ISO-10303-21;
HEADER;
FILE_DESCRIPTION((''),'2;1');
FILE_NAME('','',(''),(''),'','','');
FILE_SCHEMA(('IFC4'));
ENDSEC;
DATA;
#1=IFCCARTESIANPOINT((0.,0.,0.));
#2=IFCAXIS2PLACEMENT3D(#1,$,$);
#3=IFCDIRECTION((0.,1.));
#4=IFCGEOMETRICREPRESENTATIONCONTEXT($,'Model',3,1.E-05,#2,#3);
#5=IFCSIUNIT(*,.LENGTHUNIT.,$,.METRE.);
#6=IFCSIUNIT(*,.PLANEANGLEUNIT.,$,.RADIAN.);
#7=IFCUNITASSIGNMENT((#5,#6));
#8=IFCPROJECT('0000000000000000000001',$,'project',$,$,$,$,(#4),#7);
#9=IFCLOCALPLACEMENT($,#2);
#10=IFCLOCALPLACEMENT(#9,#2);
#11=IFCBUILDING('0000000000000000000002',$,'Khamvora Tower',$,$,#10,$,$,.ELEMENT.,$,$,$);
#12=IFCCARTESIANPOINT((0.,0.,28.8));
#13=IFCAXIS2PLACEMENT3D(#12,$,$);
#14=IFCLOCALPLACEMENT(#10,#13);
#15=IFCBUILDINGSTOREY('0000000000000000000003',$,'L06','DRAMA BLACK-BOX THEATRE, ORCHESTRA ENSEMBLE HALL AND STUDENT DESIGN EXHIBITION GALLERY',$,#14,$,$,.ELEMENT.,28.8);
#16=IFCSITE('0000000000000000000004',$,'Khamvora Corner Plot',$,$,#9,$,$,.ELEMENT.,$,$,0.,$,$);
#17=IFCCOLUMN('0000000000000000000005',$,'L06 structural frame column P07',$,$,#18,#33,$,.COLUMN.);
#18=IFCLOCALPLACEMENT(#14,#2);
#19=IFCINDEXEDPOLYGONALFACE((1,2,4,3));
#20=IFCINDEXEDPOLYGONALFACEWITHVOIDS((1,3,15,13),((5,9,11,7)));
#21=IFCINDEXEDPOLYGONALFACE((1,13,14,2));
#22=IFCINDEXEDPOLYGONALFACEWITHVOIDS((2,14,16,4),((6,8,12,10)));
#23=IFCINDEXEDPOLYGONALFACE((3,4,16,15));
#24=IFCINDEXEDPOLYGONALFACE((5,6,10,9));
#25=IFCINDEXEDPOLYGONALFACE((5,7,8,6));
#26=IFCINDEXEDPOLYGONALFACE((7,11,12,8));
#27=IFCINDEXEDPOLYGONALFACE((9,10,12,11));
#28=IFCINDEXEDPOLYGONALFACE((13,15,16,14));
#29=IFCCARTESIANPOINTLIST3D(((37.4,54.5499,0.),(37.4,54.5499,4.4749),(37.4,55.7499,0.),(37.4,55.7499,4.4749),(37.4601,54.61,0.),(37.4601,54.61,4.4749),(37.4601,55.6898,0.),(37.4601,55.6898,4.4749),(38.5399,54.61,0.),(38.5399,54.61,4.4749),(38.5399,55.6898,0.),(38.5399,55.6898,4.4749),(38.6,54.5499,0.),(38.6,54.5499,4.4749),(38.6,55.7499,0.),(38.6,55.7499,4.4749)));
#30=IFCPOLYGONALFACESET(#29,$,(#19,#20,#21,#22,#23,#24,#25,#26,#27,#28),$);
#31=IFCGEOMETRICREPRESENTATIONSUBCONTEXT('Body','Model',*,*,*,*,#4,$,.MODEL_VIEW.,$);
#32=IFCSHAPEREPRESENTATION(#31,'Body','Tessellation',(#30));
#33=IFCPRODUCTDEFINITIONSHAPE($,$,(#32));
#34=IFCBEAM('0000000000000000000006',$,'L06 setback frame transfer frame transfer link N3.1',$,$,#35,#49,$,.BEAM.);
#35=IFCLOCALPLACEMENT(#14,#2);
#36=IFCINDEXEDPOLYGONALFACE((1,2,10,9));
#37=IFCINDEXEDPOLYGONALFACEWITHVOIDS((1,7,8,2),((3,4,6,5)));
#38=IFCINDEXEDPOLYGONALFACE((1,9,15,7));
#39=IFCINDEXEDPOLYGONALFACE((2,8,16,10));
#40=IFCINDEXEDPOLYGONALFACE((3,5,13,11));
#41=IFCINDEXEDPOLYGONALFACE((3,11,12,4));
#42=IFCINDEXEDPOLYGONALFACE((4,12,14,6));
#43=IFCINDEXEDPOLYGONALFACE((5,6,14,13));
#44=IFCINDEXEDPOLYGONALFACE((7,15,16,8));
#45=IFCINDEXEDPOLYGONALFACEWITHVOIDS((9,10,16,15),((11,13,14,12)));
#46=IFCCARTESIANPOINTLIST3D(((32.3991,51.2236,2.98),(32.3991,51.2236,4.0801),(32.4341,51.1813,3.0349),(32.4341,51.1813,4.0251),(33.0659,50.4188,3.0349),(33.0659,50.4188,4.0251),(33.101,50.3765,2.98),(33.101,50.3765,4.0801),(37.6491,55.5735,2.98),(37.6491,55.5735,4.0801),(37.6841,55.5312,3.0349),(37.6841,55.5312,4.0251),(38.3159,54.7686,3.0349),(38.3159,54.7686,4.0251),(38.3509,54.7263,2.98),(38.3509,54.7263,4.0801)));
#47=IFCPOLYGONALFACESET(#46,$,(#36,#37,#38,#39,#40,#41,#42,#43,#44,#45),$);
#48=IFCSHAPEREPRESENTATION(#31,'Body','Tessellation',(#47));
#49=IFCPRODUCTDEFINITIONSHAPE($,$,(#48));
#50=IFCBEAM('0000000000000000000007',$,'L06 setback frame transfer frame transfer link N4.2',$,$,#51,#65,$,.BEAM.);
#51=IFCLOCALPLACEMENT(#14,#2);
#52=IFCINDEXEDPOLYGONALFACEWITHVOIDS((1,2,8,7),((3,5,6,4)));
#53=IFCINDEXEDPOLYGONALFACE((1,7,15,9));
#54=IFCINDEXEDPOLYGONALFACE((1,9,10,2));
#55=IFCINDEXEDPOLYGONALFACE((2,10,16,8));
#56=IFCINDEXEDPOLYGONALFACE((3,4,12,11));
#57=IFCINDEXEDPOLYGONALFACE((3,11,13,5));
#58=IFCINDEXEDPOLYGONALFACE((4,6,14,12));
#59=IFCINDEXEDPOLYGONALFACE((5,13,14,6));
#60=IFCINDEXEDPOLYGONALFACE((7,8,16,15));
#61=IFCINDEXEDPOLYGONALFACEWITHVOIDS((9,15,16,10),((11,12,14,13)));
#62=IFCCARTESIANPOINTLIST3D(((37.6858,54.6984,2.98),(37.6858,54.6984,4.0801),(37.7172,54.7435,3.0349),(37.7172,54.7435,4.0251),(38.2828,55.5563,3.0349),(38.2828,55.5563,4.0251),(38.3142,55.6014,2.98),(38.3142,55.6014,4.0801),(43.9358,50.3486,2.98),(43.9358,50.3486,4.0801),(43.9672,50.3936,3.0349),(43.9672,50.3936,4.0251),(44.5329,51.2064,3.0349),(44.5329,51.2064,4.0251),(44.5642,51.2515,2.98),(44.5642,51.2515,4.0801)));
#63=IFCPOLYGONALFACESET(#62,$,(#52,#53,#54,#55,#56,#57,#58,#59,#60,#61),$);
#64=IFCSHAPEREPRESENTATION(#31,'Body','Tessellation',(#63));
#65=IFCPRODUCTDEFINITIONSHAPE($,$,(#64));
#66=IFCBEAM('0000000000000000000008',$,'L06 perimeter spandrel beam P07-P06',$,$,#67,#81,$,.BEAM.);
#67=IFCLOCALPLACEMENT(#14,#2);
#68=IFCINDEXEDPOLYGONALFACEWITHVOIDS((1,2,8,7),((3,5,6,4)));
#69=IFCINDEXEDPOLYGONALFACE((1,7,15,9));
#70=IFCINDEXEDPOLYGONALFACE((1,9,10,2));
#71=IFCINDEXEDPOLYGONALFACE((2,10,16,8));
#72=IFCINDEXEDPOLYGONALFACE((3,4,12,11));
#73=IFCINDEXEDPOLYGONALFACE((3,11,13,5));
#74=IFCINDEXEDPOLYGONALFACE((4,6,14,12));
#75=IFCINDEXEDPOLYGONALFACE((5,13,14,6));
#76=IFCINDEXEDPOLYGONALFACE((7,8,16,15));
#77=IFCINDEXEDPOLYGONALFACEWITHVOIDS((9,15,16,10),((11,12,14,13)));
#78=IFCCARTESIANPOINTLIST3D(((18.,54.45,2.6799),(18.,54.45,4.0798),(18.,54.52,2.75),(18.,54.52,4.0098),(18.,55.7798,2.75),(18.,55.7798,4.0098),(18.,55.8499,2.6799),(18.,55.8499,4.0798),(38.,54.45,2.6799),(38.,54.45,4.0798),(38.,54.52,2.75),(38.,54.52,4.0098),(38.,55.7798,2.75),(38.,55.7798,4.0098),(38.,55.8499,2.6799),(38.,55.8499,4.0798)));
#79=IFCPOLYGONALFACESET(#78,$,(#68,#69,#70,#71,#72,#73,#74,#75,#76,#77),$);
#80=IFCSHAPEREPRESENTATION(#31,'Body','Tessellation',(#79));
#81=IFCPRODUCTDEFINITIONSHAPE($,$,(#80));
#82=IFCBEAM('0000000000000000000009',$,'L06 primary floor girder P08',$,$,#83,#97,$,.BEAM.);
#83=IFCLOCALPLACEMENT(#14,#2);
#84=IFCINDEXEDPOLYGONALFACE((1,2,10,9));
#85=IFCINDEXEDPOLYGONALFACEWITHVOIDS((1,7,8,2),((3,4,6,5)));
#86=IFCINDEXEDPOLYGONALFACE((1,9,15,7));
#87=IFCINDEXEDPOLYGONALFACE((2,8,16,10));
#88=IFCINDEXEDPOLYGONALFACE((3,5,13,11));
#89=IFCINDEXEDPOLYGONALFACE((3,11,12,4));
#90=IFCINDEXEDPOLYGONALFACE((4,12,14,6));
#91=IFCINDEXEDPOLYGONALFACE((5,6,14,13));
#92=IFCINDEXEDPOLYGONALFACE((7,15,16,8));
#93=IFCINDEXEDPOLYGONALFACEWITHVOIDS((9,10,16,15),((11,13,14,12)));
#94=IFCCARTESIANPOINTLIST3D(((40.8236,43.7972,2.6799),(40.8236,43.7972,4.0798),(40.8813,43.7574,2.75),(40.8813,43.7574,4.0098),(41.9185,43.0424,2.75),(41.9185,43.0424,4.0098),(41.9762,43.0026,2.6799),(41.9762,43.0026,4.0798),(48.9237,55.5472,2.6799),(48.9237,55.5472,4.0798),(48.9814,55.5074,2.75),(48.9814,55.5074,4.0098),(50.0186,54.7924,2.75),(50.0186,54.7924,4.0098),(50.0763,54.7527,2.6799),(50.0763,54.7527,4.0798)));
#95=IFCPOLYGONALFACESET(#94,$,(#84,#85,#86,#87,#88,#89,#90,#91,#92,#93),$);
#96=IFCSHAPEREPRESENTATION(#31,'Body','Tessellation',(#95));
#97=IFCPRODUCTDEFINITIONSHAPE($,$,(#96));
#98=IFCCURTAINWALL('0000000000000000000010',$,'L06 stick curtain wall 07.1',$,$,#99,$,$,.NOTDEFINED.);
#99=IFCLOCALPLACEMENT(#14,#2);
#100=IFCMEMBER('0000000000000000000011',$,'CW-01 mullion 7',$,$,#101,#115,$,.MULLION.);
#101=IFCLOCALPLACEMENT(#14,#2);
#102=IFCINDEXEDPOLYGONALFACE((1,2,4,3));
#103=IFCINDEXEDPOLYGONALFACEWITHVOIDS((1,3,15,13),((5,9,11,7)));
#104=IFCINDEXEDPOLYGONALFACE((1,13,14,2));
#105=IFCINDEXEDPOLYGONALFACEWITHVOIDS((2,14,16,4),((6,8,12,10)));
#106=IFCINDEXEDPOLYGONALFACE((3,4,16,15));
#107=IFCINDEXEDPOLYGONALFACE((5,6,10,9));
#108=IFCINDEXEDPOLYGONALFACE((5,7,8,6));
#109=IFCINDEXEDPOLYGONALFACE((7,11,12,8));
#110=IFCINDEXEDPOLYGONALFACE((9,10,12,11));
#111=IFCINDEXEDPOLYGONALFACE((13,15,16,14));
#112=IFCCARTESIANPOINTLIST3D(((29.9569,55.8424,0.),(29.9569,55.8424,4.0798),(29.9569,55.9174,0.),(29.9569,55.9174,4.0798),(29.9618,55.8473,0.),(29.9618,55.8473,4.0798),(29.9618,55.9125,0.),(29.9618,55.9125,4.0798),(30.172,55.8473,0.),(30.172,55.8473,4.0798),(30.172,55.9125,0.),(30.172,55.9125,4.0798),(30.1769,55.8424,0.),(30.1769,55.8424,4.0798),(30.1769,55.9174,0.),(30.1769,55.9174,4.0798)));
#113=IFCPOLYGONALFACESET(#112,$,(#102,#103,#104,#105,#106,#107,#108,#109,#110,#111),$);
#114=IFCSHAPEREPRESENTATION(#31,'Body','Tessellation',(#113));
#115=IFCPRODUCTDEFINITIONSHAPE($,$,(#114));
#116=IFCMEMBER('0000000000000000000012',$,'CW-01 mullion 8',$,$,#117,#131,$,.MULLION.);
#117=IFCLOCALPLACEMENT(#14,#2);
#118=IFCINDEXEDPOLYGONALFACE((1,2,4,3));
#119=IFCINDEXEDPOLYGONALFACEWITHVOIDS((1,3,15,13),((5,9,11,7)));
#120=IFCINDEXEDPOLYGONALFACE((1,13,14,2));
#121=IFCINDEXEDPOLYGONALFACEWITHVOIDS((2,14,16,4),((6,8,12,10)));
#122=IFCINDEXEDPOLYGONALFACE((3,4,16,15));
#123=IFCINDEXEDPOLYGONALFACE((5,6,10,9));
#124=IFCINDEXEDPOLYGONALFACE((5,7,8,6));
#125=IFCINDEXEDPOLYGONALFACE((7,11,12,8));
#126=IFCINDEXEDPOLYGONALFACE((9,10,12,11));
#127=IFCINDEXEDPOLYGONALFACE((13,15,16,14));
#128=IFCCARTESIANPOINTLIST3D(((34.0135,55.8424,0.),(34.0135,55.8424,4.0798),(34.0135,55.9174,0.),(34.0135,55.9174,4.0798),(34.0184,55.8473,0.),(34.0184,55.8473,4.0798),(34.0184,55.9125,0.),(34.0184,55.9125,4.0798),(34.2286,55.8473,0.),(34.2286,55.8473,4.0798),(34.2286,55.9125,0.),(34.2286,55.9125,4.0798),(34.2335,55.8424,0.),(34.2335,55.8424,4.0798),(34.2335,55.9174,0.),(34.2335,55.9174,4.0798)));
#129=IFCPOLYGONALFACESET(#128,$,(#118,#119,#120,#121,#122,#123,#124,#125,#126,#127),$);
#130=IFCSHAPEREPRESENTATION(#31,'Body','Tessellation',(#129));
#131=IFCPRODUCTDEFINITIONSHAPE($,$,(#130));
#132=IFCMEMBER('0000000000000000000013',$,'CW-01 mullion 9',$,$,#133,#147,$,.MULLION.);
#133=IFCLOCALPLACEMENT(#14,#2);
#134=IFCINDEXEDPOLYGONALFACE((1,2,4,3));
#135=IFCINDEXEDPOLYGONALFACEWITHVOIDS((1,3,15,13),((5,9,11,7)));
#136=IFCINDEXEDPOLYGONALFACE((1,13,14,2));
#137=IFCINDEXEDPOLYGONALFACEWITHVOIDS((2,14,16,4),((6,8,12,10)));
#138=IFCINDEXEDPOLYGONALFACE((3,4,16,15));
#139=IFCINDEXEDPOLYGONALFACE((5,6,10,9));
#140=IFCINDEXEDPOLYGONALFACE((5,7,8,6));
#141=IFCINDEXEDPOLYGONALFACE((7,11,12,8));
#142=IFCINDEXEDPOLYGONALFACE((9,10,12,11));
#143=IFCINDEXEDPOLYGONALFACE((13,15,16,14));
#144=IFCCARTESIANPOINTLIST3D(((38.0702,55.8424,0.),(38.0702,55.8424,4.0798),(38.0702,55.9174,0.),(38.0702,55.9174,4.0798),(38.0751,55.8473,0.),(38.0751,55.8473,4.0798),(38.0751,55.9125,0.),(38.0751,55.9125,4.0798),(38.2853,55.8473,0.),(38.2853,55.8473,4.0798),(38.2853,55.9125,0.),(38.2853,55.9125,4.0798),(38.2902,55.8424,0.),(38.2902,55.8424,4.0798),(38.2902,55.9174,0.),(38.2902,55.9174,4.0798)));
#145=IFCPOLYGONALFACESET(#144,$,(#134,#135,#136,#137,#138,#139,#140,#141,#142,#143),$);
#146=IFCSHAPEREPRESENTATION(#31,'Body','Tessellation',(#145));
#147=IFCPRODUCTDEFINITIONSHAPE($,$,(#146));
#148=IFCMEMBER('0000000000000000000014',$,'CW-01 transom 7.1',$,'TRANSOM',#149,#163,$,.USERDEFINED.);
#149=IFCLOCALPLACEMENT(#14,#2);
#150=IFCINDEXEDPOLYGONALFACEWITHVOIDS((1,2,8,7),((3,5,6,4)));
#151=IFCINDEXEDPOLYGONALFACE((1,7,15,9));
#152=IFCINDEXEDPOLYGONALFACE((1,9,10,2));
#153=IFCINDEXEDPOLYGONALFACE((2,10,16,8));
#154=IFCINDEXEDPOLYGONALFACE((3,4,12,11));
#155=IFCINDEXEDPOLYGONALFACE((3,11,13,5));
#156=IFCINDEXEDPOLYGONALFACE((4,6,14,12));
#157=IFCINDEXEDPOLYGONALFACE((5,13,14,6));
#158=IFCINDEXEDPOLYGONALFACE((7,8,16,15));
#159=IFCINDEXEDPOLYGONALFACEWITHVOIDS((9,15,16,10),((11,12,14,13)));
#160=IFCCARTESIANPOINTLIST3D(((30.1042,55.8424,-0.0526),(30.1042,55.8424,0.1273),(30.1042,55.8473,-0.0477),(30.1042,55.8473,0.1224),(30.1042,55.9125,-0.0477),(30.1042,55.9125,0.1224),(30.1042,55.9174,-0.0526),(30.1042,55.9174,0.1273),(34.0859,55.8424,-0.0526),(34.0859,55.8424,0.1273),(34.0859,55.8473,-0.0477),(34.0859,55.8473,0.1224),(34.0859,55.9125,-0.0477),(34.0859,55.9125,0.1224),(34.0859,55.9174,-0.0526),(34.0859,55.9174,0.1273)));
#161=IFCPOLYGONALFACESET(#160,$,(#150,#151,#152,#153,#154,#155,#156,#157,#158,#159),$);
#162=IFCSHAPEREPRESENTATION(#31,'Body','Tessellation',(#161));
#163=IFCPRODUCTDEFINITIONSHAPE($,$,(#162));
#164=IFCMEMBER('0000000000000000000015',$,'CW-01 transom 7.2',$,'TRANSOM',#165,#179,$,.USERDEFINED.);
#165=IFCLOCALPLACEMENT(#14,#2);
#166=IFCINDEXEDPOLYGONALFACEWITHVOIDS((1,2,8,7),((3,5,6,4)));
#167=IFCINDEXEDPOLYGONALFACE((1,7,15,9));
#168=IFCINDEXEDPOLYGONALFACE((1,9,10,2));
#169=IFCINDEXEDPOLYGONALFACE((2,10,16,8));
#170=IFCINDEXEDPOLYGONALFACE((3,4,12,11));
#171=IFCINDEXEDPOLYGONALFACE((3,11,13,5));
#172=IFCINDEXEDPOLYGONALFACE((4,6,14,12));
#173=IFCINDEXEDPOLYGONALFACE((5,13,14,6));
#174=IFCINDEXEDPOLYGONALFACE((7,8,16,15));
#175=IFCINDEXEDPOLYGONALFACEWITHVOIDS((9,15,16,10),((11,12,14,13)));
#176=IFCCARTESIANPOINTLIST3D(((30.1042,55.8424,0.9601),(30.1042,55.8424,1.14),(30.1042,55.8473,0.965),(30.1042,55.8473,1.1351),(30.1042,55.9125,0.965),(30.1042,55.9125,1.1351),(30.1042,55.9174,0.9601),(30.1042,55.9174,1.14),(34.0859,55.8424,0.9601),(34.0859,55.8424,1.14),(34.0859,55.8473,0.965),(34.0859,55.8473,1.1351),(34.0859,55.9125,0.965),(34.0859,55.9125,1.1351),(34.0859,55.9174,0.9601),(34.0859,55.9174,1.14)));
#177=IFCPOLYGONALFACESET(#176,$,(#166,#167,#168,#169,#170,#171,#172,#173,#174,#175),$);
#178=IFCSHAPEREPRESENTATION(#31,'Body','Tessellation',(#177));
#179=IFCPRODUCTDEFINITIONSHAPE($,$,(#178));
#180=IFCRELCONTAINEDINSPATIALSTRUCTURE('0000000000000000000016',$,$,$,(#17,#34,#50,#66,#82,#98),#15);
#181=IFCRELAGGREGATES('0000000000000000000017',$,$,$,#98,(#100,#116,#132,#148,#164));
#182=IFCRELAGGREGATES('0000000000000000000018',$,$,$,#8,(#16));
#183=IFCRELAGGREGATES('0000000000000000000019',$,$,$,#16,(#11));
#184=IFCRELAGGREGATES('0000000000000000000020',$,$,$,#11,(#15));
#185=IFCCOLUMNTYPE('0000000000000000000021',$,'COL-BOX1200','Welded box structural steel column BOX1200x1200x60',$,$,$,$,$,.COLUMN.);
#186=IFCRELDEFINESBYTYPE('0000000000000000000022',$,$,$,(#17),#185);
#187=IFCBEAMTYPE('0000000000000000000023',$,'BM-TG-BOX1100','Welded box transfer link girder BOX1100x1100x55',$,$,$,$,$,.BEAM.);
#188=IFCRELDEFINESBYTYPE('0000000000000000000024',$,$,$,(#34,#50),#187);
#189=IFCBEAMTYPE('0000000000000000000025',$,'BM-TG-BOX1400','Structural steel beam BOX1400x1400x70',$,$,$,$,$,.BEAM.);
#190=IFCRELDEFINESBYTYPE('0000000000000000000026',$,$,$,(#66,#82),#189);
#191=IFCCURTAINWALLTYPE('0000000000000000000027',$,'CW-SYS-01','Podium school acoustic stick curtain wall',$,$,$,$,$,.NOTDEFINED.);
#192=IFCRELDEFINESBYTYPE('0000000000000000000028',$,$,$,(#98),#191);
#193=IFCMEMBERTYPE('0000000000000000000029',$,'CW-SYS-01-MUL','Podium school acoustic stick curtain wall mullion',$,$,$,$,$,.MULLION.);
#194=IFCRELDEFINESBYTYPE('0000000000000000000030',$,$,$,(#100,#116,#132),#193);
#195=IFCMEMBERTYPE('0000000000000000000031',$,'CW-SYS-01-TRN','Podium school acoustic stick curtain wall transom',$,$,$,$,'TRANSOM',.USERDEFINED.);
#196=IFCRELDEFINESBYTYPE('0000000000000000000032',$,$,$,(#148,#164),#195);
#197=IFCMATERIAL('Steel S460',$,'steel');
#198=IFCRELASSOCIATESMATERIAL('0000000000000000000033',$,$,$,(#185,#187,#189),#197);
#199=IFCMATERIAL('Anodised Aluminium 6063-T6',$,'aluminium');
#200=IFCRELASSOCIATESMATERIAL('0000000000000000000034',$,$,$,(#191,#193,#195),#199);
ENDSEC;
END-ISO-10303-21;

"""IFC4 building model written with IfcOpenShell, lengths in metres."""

from ifc_helpers import new_model, si_unit, direction, frame, origin, origin_2d, place, context, subcontext, project, spatial, hollow_rectangle, extrude, material, material_profile, profile_set, type_object, element, aggregate, save


model = new_model("IFC4")

# Units and contexts
model_context = context("Model", 3, precision=1e-05, world=origin(), true_north=direction((0.0, 1.0)))
body_context = subcontext(model_context, "Body", "Model", "MODEL_VIEW")
ifc_project = project(units=[si_unit("LENGTHUNIT", "METRE"), si_unit("PLANEANGLEUNIT", "RADIAN")], contexts=[model_context])

# Site, building, storey
site_placement = place(None, origin())
site = spatial("IfcSite", under=ifc_project, at=site_placement, Name="Khamvora Corner Plot", CompositionType="ELEMENT", RefElevation=0.0)
building_placement = place(site_placement, origin())
building = spatial("IfcBuilding", under=site, at=building_placement, Name="Khamvora Tower", CompositionType="ELEMENT")
storey_placement = place(building_placement, frame((0.0, 0.0, 28.8)))
storey = spatial("IfcBuildingStorey", under=building, at=storey_placement, Name="L06", Description="DRAMA BLACK-BOX THEATRE, ORCHESTRA ENSEMBLE HALL AND STUDENT DESIGN EXHIBITION GALLERY", CompositionType="ELEMENT", Elevation=28.8)

# Column
ifc_material_1 = material(Name="Steel S460", Category="steel")
ifc_material_profile_1 = material_profile(ifc_material_1, hollow_rectangle(XDim=1.2, YDim=1.2, WallThickness=0.0601, at=origin_2d()), Name="BOX1200x1200x60")
ifc_profile_set_1 = profile_set([ifc_material_profile_1], Name="Steel S460")
column_type = type_object("IfcColumnType", Name="COL-BOX1200", Description="Welded box structural steel column BOX1200x1200x60", PredefinedType="COLUMN", material=ifc_profile_set_1)
column_placement = place(storey_placement, frame((38.0, 55.1499, 0.0), z_axis=(0.0, 0.0, 1.0), x_axis=(1.0, 0.0, 0.0)))
element("IfcColumn", 1, at=column_placement, inside=storey, type_object=column_type, Name="L06 structural frame column P07", PredefinedType="COLUMN", context=body_context, shape_type="SweptSolid", body=[
    extrude(hollow_rectangle(XDim=1.2, YDim=1.2, WallThickness=0.0601, at=origin_2d()), origin(), (0.0, 0.0, 1.0), 4.4749),
])

# Beams
ifc_material_profile_2 = material_profile(ifc_material_1, hollow_rectangle(XDim=1.1001, YDim=1.1001, WallThickness=0.0549, at=origin_2d()), Name="BOX1100x1100x55")
ifc_profile_set_2 = profile_set([ifc_material_profile_2], Name="Steel S460")
beam_type_1 = type_object("IfcBeamType", Name="BM-TG-BOX1100", Description="Welded box transfer link girder BOX1100x1100x55", PredefinedType="BEAM", material=ifc_profile_set_2)
beam_1_placement = place(storey_placement, frame((38.0, 55.1499, 3.53), z_axis=(-0.770032, -0.638005, 0.0), x_axis=(0.638005, -0.770032, 0.0)))
element("IfcBeam", 2, at=beam_1_placement, inside=storey, type_object=beam_type_1, Name="L06 setback frame transfer frame transfer link N3.1", PredefinedType="BEAM", context=body_context, shape_type="SweptSolid", body=[
    extrude(hollow_rectangle(XDim=1.1001, YDim=1.1001, WallThickness=0.0549, at=origin_2d()), origin(), (0.0, 0.0, 1.0), 6.8179),
])
beam_2_placement = place(storey_placement, frame((38.0, 55.1499, 3.53), z_axis=(0.82078, -0.571244, 0.0), x_axis=(0.571244, 0.82078, 0.0)))
element("IfcBeam", 3, at=beam_2_placement, inside=storey, type_object=beam_type_1, Name="L06 setback frame transfer frame transfer link N4.2", PredefinedType="BEAM", context=body_context, shape_type="SweptSolid", body=[
    extrude(hollow_rectangle(XDim=1.1001, YDim=1.1001, WallThickness=0.0549, at=origin_2d()), origin(), (0.0, 0.0, 1.0), 7.6147),
])
ifc_material_profile_3 = material_profile(ifc_material_1, hollow_rectangle(XDim=1.3999, YDim=1.3999, WallThickness=0.0701, at=origin_2d()), Name="BOX1400x1400x70")
ifc_profile_set_3 = profile_set([ifc_material_profile_3], Name="Steel S460")
beam_type_2 = type_object("IfcBeamType", Name="BM-TG-BOX1400", Description="Structural steel beam BOX1400x1400x70", PredefinedType="BEAM", material=ifc_profile_set_3)
beam_3_placement = place(storey_placement, frame((38.0, 55.1499, 3.3799), z_axis=(-1.0, 0.0, 0.0), x_axis=(0.0, -1.0, 0.0)))
element("IfcBeam", 4, at=beam_3_placement, inside=storey, type_object=beam_type_2, Name="L06 perimeter spandrel beam P07-P06", PredefinedType="BEAM", context=body_context, shape_type="SweptSolid", body=[
    extrude(hollow_rectangle(XDim=1.3999, YDim=1.3999, WallThickness=0.0701, at=origin_2d()), origin(), (0.0, 0.0, 1.0), 20.0),
])
beam_4_placement = place(storey_placement, frame((41.3999, 43.3999, 3.3799), z_axis=(0.567574, 0.823322, 0.0), x_axis=(-0.823322, 0.567574, 0.0)))
element("IfcBeam", 5, at=beam_4_placement, inside=storey, type_object=beam_type_2, Name="L06 primary floor girder P08", PredefinedType="BEAM", context=body_context, shape_type="SweptSolid", body=[
    extrude(hollow_rectangle(XDim=1.3999, YDim=1.3999, WallThickness=0.0701, at=origin_2d()), origin(), (0.0, 0.0, 1.0), 14.2715),
])

# Curtain wall, members
ifc_material_2 = material(Name="Anodised Aluminium 6063-T6", Category="aluminium")
curtain_wall_type = type_object("IfcCurtainWallType", Name="CW-SYS-01", Description="Podium school acoustic stick curtain wall", PredefinedType="NOTDEFINED", material=ifc_material_2)
curtain_wall_placement = place(storey_placement, origin())
curtain_wall = element("IfcCurtainWall", 6, at=curtain_wall_placement, inside=storey, type_object=curtain_wall_type, Name="L06 stick curtain wall 07.1", PredefinedType="NOTDEFINED")
ifc_material_profile_4 = material_profile(ifc_material_2, hollow_rectangle(XDim=0.075, YDim=0.22, WallThickness=0.0049, at=origin_2d()), Name="MUL75x220x5")
ifc_profile_set_4 = profile_set([ifc_material_profile_4], Name="Anodised Aluminium 6063-T6")
member_type_1 = type_object("IfcMemberType", Name="CW-SYS-01-MUL", Description="Podium school acoustic stick curtain wall mullion", PredefinedType="MULLION", material=ifc_profile_set_4)
member_1_placement = place(storey_placement, frame((30.0669, 55.8799, 0.0), z_axis=(0.0, 0.0, 1.0), x_axis=(0.0, 1.0, 0.0)))
member_1 = element("IfcMember", 7, at=member_1_placement, type_object=member_type_1, Name="CW-01 mullion 7", PredefinedType="MULLION", context=body_context, shape_type="SweptSolid", body=[
    extrude(hollow_rectangle(XDim=0.075, YDim=0.22, WallThickness=0.0049, at=origin_2d()), origin(), (0.0, 0.0, 1.0), 4.0798),
])
member_2_placement = place(storey_placement, frame((34.1235, 55.8799, 0.0), z_axis=(0.0, 0.0, 1.0), x_axis=(0.0, 1.0, 0.0)))
member_2 = element("IfcMember", 8, at=member_2_placement, type_object=member_type_1, Name="CW-01 mullion 8", PredefinedType="MULLION", context=body_context, shape_type="SweptSolid", body=[
    extrude(hollow_rectangle(XDim=0.075, YDim=0.22, WallThickness=0.0049, at=origin_2d()), origin(), (0.0, 0.0, 1.0), 4.0798),
])
member_3_placement = place(storey_placement, frame((38.1802, 55.8799, 0.0), z_axis=(0.0, 0.0, 1.0), x_axis=(0.0, 1.0, 0.0)))
member_3 = element("IfcMember", 9, at=member_3_placement, type_object=member_type_1, Name="CW-01 mullion 9", PredefinedType="MULLION", context=body_context, shape_type="SweptSolid", body=[
    extrude(hollow_rectangle(XDim=0.075, YDim=0.22, WallThickness=0.0049, at=origin_2d()), origin(), (0.0, 0.0, 1.0), 4.0798),
])
ifc_material_profile_5 = material_profile(ifc_material_2, hollow_rectangle(XDim=0.075, YDim=0.1799, WallThickness=0.0049, at=origin_2d()), Name="TRN75x180x5")
ifc_profile_set_5 = profile_set([ifc_material_profile_5], Name="Anodised Aluminium 6063-T6")
member_type_2 = type_object("IfcMemberType", Name="CW-SYS-01-TRN", Description="Podium school acoustic stick curtain wall transom", ElementType="TRANSOM", PredefinedType="USERDEFINED", material=ifc_profile_set_5)
member_4_placement = place(storey_placement, frame((30.1042, 55.8799, 0.0374), z_axis=(1.0, 0.0, 0.0), x_axis=(0.0, 1.0, 0.0)))
member_4 = element("IfcMember", 10, at=member_4_placement, type_object=member_type_2, Name="CW-01 transom 7.1", ObjectType="TRANSOM", PredefinedType="USERDEFINED", context=body_context, shape_type="SweptSolid", body=[
    extrude(hollow_rectangle(XDim=0.075, YDim=0.1799, WallThickness=0.0049, at=origin_2d()), origin(), (0.0, 0.0, 1.0), 3.9817),
])
member_5_placement = place(storey_placement, frame((30.1042, 55.8799, 1.05), z_axis=(1.0, 0.0, 0.0), x_axis=(0.0, 1.0, 0.0)))
member_5 = element("IfcMember", 11, at=member_5_placement, type_object=member_type_2, Name="CW-01 transom 7.2", ObjectType="TRANSOM", PredefinedType="USERDEFINED", context=body_context, shape_type="SweptSolid", body=[
    extrude(hollow_rectangle(XDim=0.075, YDim=0.1799, WallThickness=0.0049, at=origin_2d()), origin(), (0.0, 0.0, 1.0), 3.9817),
])

aggregate(curtain_wall, [member_1, member_2, member_3, member_4, member_5])

save(model, "model.ifc")
